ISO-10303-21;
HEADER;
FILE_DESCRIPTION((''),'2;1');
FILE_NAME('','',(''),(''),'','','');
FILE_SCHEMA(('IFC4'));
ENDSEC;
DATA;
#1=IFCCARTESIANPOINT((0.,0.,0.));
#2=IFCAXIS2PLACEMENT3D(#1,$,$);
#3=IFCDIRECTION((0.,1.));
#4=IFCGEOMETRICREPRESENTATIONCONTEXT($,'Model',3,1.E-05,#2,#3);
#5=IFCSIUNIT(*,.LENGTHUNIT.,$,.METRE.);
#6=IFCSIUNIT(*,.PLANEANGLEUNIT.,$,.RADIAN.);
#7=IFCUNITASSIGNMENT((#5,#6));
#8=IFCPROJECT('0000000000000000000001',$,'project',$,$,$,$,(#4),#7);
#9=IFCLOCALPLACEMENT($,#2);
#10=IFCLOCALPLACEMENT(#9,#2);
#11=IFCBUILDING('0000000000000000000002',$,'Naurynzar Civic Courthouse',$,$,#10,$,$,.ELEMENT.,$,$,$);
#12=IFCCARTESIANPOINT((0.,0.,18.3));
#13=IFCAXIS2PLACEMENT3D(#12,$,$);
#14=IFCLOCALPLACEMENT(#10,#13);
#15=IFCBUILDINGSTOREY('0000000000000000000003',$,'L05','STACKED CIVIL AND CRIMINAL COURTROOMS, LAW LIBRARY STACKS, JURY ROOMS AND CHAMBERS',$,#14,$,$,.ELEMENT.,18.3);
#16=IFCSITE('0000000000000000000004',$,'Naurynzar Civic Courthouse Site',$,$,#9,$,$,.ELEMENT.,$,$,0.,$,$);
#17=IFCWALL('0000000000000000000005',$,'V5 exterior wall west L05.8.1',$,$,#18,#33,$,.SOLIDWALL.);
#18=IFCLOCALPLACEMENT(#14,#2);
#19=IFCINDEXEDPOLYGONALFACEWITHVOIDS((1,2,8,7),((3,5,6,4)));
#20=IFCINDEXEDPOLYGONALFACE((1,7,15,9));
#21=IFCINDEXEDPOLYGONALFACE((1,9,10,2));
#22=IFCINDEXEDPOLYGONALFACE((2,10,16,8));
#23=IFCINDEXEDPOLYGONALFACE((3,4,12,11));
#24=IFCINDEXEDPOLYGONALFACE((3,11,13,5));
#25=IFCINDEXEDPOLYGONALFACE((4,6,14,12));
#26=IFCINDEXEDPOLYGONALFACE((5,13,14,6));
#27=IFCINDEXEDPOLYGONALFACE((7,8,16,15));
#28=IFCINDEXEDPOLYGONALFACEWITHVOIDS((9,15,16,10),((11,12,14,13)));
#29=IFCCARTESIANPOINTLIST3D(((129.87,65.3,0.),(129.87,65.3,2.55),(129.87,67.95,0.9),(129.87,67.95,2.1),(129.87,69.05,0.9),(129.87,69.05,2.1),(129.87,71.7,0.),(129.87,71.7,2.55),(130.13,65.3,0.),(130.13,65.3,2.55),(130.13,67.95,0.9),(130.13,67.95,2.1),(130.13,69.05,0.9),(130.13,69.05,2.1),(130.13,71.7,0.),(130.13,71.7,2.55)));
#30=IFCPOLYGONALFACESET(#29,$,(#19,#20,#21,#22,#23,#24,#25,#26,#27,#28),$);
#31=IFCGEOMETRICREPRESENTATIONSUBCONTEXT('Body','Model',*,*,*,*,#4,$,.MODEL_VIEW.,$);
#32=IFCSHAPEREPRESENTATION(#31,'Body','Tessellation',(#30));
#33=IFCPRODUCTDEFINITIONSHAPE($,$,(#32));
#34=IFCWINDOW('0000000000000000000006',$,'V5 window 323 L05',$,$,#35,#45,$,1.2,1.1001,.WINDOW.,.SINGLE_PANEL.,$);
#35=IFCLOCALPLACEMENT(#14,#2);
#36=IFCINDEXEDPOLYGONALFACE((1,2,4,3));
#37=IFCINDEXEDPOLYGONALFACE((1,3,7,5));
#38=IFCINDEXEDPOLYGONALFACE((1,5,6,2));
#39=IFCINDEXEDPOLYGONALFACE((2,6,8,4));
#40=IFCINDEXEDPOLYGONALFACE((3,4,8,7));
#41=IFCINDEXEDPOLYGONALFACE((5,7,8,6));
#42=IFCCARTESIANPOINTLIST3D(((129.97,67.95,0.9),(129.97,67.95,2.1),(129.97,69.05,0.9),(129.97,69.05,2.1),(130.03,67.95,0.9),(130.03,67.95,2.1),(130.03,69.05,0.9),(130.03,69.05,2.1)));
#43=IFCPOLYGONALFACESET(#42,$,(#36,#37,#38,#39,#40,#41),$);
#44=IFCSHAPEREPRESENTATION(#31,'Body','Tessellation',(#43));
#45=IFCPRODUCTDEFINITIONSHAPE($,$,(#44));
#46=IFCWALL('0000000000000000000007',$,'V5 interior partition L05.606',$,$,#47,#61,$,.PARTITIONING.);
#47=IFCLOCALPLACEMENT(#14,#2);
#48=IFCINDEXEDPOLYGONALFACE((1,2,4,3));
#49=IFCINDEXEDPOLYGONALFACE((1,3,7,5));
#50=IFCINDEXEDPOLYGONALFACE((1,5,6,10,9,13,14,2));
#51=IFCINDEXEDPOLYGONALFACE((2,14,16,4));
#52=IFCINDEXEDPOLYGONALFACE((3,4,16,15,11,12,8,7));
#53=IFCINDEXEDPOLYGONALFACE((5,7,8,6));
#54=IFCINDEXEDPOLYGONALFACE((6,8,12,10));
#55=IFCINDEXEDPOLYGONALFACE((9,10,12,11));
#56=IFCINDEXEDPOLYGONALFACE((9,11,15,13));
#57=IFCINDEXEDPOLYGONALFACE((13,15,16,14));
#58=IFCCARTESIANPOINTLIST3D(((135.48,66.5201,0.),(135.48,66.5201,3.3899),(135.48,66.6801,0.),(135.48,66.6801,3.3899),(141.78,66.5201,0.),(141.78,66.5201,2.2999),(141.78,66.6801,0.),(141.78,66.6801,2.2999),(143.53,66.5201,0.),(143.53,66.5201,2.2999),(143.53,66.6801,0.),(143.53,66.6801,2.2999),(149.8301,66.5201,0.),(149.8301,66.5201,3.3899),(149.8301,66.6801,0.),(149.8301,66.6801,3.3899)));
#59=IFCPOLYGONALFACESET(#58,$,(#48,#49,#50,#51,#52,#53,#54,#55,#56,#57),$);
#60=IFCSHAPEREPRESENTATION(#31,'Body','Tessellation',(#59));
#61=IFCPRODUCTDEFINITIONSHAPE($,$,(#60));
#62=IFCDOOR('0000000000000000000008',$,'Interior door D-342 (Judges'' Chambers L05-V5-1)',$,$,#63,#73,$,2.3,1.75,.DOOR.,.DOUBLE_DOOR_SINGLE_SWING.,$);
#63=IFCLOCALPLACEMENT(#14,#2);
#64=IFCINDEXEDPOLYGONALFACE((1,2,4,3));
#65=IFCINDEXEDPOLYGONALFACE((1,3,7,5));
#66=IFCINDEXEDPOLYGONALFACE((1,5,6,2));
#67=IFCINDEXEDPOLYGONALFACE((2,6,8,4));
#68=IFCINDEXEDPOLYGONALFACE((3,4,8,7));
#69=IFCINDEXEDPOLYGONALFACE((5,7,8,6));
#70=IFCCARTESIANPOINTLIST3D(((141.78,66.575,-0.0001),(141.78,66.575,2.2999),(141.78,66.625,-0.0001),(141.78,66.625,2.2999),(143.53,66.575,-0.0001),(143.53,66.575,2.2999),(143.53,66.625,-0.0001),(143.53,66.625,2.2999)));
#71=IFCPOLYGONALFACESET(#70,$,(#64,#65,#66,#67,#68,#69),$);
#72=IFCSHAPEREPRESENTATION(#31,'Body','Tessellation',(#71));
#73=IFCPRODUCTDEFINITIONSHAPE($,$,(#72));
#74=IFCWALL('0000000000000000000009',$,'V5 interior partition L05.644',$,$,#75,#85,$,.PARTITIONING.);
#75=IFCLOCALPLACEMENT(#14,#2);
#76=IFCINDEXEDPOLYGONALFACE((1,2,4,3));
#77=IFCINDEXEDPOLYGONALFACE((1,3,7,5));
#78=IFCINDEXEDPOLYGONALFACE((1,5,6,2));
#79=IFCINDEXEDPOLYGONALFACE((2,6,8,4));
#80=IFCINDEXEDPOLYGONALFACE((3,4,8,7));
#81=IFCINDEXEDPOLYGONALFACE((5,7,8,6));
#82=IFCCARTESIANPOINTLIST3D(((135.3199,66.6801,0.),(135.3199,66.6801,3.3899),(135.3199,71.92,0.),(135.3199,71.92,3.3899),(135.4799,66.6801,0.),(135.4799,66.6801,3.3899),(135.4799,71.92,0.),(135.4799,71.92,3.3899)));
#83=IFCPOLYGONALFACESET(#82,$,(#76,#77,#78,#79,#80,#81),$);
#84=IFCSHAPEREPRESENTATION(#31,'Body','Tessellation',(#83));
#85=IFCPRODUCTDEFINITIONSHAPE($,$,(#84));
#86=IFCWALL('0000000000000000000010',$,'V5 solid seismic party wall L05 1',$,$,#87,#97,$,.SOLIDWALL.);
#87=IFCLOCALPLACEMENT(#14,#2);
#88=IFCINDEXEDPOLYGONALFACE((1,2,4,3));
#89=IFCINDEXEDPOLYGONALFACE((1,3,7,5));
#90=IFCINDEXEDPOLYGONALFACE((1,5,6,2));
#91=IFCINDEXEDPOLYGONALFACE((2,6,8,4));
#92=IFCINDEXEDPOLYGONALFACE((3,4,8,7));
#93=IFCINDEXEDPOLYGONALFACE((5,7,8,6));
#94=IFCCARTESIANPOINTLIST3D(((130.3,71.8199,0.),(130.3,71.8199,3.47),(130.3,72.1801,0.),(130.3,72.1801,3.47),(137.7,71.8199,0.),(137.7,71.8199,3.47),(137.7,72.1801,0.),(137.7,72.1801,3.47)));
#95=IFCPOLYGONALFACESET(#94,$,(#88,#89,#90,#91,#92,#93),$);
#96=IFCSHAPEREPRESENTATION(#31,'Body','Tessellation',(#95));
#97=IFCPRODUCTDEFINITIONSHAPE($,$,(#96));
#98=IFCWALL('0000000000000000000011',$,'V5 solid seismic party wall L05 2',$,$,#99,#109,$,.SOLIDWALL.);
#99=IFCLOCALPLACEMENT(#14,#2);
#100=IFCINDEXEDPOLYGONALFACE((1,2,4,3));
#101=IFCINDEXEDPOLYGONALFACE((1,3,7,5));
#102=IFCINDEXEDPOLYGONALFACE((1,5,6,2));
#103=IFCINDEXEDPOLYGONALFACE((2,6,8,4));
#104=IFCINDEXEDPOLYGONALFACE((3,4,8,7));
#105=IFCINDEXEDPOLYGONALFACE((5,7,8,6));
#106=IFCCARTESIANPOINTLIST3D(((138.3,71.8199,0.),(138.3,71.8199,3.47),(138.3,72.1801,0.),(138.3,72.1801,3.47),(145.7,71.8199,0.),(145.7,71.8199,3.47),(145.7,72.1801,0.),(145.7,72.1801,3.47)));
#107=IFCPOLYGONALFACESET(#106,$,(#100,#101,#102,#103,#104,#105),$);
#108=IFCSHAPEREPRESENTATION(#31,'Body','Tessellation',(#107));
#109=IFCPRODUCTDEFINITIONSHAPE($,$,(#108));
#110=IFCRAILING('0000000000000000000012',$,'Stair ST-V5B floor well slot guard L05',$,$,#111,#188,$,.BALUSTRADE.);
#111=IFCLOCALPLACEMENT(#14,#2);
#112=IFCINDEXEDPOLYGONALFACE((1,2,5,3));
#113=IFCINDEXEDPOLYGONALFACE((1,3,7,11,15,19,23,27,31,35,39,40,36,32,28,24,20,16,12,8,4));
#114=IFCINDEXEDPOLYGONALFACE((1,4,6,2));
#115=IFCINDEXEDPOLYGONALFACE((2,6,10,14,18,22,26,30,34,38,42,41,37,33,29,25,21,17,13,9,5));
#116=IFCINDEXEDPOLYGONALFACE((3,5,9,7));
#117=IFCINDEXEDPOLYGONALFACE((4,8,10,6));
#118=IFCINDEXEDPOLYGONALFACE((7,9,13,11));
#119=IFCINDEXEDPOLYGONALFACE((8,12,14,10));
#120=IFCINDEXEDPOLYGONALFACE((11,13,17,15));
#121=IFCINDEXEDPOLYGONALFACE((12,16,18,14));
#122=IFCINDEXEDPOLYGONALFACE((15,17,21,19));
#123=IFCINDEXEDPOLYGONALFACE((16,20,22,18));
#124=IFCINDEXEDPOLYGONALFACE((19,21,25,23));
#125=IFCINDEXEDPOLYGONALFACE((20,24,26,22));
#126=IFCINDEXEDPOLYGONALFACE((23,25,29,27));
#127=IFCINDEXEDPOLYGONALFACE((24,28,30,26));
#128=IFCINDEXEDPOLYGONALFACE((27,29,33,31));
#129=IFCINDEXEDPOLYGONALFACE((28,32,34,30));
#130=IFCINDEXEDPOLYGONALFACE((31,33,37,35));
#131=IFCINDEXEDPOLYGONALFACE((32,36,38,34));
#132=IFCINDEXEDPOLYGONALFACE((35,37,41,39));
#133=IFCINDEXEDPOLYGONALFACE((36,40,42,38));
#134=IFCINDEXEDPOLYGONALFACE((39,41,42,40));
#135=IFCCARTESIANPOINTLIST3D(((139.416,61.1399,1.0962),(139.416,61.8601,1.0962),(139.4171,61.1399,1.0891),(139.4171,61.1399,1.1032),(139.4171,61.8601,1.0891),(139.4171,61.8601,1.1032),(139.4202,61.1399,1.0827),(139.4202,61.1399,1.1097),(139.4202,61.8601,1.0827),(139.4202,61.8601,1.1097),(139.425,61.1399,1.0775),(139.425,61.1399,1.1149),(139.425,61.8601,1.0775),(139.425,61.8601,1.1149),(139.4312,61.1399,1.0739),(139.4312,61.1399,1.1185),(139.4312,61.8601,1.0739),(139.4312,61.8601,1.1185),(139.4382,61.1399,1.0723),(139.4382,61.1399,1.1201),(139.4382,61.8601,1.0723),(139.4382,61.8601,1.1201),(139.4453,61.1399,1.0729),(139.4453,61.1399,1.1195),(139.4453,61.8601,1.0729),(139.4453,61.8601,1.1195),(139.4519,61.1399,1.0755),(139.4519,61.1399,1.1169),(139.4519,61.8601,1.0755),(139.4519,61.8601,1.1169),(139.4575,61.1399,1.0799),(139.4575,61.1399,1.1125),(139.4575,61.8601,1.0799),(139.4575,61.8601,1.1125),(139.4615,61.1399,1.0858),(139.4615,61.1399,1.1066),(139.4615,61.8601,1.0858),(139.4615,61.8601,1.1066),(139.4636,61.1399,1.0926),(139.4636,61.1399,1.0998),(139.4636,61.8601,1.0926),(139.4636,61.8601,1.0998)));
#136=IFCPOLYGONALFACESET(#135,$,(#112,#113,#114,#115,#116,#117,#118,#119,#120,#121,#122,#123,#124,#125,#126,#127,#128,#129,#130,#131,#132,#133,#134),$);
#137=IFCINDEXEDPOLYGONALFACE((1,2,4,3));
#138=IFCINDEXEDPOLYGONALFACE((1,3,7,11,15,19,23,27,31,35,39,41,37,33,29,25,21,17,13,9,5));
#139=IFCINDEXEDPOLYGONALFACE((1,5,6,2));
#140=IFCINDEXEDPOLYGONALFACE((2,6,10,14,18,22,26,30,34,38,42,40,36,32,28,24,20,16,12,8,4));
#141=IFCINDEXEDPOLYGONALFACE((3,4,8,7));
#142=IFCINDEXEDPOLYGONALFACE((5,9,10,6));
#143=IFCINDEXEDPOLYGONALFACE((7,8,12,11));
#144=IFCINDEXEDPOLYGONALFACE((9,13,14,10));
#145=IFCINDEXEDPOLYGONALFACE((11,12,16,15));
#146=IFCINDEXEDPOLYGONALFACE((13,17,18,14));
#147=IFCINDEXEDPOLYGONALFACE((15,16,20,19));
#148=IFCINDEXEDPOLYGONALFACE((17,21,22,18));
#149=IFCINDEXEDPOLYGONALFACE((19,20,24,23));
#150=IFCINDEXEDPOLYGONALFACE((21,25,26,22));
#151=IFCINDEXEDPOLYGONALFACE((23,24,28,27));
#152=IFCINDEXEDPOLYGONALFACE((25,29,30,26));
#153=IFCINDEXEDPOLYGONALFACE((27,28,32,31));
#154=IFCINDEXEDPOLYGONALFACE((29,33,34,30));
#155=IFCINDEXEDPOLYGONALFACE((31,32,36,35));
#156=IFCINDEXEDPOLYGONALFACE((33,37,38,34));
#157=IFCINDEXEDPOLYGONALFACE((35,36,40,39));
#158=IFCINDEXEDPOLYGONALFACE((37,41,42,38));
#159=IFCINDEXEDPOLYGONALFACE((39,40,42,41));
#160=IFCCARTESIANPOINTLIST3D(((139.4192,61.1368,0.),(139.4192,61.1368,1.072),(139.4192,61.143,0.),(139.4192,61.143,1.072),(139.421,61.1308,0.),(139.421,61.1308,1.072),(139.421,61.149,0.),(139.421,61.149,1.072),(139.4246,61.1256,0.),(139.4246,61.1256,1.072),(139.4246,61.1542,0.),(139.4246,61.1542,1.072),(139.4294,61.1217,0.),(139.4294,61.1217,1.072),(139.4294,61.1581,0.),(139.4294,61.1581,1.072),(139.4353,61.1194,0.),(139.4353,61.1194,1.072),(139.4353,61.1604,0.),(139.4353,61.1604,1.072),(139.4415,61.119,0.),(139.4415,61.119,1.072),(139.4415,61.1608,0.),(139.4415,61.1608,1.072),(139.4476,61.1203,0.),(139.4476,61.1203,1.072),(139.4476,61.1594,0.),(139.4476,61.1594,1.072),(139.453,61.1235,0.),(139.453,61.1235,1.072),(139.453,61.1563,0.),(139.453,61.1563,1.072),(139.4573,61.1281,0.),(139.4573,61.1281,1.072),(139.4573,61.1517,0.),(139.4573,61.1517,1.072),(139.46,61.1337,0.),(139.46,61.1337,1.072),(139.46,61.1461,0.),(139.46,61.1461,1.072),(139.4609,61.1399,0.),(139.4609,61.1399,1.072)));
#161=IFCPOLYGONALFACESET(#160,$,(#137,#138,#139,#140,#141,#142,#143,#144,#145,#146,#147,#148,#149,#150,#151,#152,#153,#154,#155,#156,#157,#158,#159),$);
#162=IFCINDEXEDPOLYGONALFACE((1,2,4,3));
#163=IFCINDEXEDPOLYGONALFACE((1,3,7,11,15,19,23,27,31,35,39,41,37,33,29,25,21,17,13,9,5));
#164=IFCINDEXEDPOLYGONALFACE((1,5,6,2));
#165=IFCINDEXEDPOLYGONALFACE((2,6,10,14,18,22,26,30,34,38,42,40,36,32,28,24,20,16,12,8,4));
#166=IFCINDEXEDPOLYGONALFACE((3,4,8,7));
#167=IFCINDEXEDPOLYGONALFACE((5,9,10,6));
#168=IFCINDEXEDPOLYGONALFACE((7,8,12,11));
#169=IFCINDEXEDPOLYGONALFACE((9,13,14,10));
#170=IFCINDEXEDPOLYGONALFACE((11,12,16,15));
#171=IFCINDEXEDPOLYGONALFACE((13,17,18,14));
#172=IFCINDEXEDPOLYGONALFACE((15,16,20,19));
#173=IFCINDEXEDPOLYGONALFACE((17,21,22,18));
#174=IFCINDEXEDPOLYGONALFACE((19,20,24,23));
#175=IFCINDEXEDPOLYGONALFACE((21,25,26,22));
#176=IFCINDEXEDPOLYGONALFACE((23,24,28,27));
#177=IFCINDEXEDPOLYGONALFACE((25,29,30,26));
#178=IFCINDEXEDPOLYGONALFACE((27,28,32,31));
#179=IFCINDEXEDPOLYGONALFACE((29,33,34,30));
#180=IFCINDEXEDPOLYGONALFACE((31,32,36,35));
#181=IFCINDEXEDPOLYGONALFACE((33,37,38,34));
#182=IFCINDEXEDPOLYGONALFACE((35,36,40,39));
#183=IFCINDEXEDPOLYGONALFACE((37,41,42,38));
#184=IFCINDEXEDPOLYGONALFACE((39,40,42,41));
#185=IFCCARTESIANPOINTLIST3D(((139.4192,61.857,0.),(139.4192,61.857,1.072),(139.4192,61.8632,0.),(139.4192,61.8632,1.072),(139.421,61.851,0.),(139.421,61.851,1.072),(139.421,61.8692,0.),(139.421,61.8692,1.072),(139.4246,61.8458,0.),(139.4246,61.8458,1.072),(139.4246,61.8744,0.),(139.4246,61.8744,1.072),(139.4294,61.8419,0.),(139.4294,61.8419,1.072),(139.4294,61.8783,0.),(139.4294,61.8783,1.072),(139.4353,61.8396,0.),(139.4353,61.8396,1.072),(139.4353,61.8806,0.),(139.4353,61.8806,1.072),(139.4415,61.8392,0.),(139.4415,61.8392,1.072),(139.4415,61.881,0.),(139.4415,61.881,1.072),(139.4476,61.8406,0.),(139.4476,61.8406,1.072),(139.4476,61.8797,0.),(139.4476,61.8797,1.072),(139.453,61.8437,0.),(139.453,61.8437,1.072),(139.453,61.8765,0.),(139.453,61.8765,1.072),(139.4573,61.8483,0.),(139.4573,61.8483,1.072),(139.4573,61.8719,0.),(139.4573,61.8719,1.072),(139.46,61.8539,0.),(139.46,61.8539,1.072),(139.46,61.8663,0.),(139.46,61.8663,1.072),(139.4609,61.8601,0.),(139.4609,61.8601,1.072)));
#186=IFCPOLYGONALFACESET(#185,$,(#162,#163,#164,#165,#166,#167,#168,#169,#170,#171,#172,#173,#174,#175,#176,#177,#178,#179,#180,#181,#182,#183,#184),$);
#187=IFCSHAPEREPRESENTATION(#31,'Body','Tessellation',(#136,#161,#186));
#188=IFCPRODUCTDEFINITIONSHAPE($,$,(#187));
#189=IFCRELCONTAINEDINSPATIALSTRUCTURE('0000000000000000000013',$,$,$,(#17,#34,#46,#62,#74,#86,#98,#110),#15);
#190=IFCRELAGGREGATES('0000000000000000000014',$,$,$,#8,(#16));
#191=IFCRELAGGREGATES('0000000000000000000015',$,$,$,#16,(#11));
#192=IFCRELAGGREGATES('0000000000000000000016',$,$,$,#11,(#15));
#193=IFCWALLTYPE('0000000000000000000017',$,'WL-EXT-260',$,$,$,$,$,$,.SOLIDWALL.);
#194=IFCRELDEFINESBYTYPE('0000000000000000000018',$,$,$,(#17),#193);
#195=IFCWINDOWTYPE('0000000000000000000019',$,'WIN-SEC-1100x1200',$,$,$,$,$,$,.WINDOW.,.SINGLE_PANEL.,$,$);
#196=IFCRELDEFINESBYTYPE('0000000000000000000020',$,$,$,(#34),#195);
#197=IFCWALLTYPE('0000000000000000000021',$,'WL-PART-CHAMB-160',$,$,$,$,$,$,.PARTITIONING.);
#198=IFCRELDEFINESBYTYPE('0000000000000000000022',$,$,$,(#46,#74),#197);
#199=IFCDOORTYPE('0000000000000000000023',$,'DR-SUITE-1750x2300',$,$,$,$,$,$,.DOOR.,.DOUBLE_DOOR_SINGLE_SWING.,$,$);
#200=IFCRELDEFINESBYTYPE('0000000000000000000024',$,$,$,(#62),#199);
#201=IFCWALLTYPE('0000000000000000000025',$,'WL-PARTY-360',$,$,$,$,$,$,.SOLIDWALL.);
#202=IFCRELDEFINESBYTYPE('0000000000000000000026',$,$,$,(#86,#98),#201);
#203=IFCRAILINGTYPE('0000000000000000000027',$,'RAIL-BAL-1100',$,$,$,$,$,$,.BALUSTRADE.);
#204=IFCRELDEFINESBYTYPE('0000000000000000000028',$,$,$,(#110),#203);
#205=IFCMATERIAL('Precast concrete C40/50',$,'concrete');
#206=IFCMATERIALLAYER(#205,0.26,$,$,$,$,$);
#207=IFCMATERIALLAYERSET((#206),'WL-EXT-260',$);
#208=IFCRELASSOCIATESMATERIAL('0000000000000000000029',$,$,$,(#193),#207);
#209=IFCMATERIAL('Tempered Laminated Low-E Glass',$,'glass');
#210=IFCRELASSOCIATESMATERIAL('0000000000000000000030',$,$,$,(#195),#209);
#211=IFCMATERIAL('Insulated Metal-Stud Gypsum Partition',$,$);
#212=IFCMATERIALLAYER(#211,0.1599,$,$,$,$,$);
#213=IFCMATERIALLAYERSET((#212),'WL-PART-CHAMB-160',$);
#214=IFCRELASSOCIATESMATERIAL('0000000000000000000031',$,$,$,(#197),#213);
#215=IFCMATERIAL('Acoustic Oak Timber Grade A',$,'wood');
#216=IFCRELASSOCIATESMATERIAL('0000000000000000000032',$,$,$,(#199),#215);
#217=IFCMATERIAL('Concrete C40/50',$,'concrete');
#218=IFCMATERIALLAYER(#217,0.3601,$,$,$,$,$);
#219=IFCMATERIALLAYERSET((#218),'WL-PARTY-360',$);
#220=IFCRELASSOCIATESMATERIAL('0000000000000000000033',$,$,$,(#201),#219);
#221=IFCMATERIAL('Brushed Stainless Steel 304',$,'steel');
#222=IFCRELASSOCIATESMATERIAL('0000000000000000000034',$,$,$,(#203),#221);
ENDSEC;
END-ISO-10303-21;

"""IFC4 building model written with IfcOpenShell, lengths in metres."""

from ifc_helpers import new_model, si_unit, direction, frame, frame_2d, origin, origin_2d, place, context, subcontext, project, spatial, rectangle, circle, extrude, material, layer, layer_set, type_object, element, fill, save


model = new_model("IFC4")

# Units and contexts
model_context = context("Model", 3, precision=1e-05, world=origin(), true_north=direction((0.0, 1.0)))
body_context = subcontext(model_context, "Body", "Model", "MODEL_VIEW")
ifc_project = project(units=[si_unit("LENGTHUNIT", "METRE"), si_unit("PLANEANGLEUNIT", "RADIAN")], contexts=[model_context])

# Site, building, storey
site_placement = place(None, origin())
site = spatial("IfcSite", under=ifc_project, at=site_placement, Name="Naurynzar Civic Courthouse Site", CompositionType="ELEMENT", RefElevation=0.0)
building_placement = place(site_placement, origin())
building = spatial("IfcBuilding", under=site, at=building_placement, Name="Naurynzar Civic Courthouse", CompositionType="ELEMENT")
storey_placement = place(building_placement, frame((0.0, 0.0, 18.3)))
storey = spatial("IfcBuildingStorey", under=building, at=storey_placement, Name="L05", Description="STACKED CIVIL AND CRIMINAL COURTROOMS, LAW LIBRARY STACKS, JURY ROOMS AND CHAMBERS", CompositionType="ELEMENT", Elevation=18.3)

# Wall, opening, window
ifc_material_1 = material(Name="Precast concrete C40/50", Category="concrete")
ifc_layer_1 = layer(ifc_material_1, 0.26)
ifc_layer_set_1 = layer_set([ifc_layer_1], Name="WL-EXT-260")
wall_type_1 = type_object("IfcWallType", Name="WL-EXT-260", PredefinedType="SOLIDWALL", material=ifc_layer_set_1)
wall_1_placement = place(storey_placement, frame((130.0, 65.3, 0.0), z_axis=(0.0, 0.0, 1.0), x_axis=(0.0, 1.0, 0.0)))
wall_1 = element("IfcWall", 1, at=wall_1_placement, inside=storey, type_object=wall_type_1, Name="V5 exterior wall west L05.8.1", PredefinedType="SOLIDWALL", context=body_context, shape_type="SweptSolid", body=[
    extrude(rectangle(XDim=6.3999, YDim=0.26, at=frame_2d((3.2, 0.0))), origin(), (0.0, 0.0, 1.0), 2.55),
])
opening_1_placement = place(wall_1_placement, frame((2.6499, 0.0, 0.8999)))
opening_1 = element("IfcOpeningElement", 2, at=opening_1_placement, cuts=wall_1, PredefinedType="OPENING", context=body_context, shape_type="SweptSolid", body=[
    extrude(rectangle(XDim=1.1001, YDim=1.2, at=frame_2d((0.55, 0.6001))), frame((0.0, 0.1399, 0.0), z_axis=(0.0, -1.0, 0.0), x_axis=(1.0, 0.0, 0.0)), (0.0, 0.0, 1.0), 0.28),
])
ifc_material_2 = material(Name="Tempered Laminated Low-E Glass", Category="glass")
window_type = type_object("IfcWindowType", Name="WIN-SEC-1100x1200", PartitioningType="SINGLE_PANEL", PredefinedType="WINDOW", material=ifc_material_2)
window_placement = place(opening_1_placement, origin())
window = element("IfcWindow", 3, at=window_placement, inside=storey, type_object=window_type, Name="V5 window 323 L05", OverallHeight=1.2, OverallWidth=1.1001, PartitioningType="SINGLE_PANEL", PredefinedType="WINDOW", context=body_context, shape_type="SweptSolid", body=[
    extrude(rectangle(XDim=1.1001, YDim=1.2, at=frame_2d((0.55, 0.6001))), frame((0.0, 0.03, 0.0), z_axis=(0.0, -1.0, 0.0), x_axis=(1.0, 0.0, 0.0)), (0.0, 0.0, 1.0), 0.0601),
])
fill(opening_1, window)

# Wall, opening, door
ifc_material_3 = material(Name="Insulated Metal-Stud Gypsum Partition")
ifc_layer_2 = layer(ifc_material_3, 0.1599)
ifc_layer_set_2 = layer_set([ifc_layer_2], Name="WL-PART-CHAMB-160")
wall_type_2 = type_object("IfcWallType", Name="WL-PART-CHAMB-160", PredefinedType="PARTITIONING", material=ifc_layer_set_2)
wall_2_placement = place(storey_placement, frame((135.48, 66.6001, 0.0), z_axis=(0.0, 0.0, 1.0), x_axis=(1.0, 0.0, 0.0)))
wall_2 = element("IfcWall", 4, at=wall_2_placement, inside=storey, type_object=wall_type_2, Name="V5 interior partition L05.606", PredefinedType="PARTITIONING", context=body_context, shape_type="SweptSolid", body=[
    extrude(rectangle(XDim=14.3501, YDim=0.1599, at=frame_2d((7.175, 0.0))), origin(), (0.0, 0.0, 1.0), 3.3899),
])
opening_2_placement = place(wall_2_placement, frame((6.3, 0.0, 0.0)))
opening_2 = element("IfcOpeningElement", 5, at=opening_2_placement, cuts=wall_2, PredefinedType="OPENING", context=body_context, shape_type="SweptSolid", body=[
    extrude(rectangle(XDim=1.75, YDim=2.3, at=frame_2d((0.875, 1.1499))), frame((0.0, 0.0898, 0.0), z_axis=(0.0, -1.0, 0.0), x_axis=(1.0, 0.0, 0.0)), (0.0, 0.0, 1.0), 0.1799),
])
ifc_material_4 = material(Name="Acoustic Oak Timber Grade A", Category="wood")
door_type = type_object("IfcDoorType", Name="DR-SUITE-1750x2300", OperationType="DOUBLE_DOOR_SINGLE_SWING", PredefinedType="DOOR", material=ifc_material_4)
door_placement = place(opening_2_placement, origin())
door = element("IfcDoor", 6, at=door_placement, inside=storey, type_object=door_type, Name="Interior door D-342 (Judges' Chambers L05-V5-1)", OperationType="DOUBLE_DOOR_SINGLE_SWING", OverallHeight=2.3, OverallWidth=1.75, PredefinedType="DOOR", context=body_context, shape_type="SweptSolid", body=[
    extrude(rectangle(XDim=1.75, YDim=2.3, at=frame_2d((0.875, 1.1499))), frame((0.0, 0.0249, 0.0), z_axis=(0.0, -1.0, 0.0), x_axis=(1.0, 0.0, 0.0)), (0.0, 0.0, 1.0), 0.05),
])
fill(opening_2, door)

# Walls
wall_3_placement = place(storey_placement, frame((135.3999, 66.6799, 0.0), z_axis=(0.0, 0.0, 1.0), x_axis=(0.0, 1.0, 0.0)))
element("IfcWall", 7, at=wall_3_placement, inside=storey, type_object=wall_type_2, Name="V5 interior partition L05.644", PredefinedType="PARTITIONING", context=body_context, shape_type="SweptSolid", body=[
    extrude(rectangle(XDim=5.24, YDim=0.1599, at=frame_2d((2.6201, 0.0))), origin(), (0.0, 0.0, 1.0), 3.3899),
])
ifc_material_5 = material(Name="Concrete C40/50", Category="concrete")
ifc_layer_3 = layer(ifc_material_5, 0.3601)
ifc_layer_set_3 = layer_set([ifc_layer_3], Name="WL-PARTY-360")
wall_type_3 = type_object("IfcWallType", Name="WL-PARTY-360", PredefinedType="SOLIDWALL", material=ifc_layer_set_3)
for number, where, z_axis, x_axis, name in (
    (8, (130.3, 72.0, 0.0), (0.0, 0.0, 1.0), (1.0, 0.0, 0.0), "V5 solid seismic party wall L05 1"),
    (9, (138.3, 72.0, 0.0), (0.0, 0.0, 1.0), (1.0, 0.0, 0.0), "V5 solid seismic party wall L05 2"),
):
    element("IfcWall", number, at=place(storey_placement, frame(where, z_axis=z_axis, x_axis=x_axis)), inside=storey, type_object=wall_type_3, Name=name, PredefinedType="SOLIDWALL", context=body_context, shape_type="SweptSolid", body=[
        extrude(rectangle(XDim=7.3999, YDim=0.3601, at=frame_2d((3.7, 0.0))), origin(), (0.0, 0.0, 1.0), 3.47),
    ])

# Railing
ifc_material_6 = material(Name="Brushed Stainless Steel 304", Category="steel")
railing_type_1 = type_object("IfcRailingType", Name="RAIL-BAL-1100", PredefinedType="BALUSTRADE", material=ifc_material_6)
railing_1_placement = place(storey_placement, frame((139.4399, 61.1399, 0.0)))
element("IfcRailing", 10, at=railing_1_placement, inside=storey, type_object=railing_type_1, Name="Stair ST-V5B floor well slot guard L05", PredefinedType="BALUSTRADE", context=body_context, shape_type="SweptSolid", body=[
    extrude(circle(Radius=0.0239, at=origin_2d()), frame((0.0, 0.0, 1.0962), z_axis=(0.0, 1.0, 0.0), x_axis=(-1.0, 0.0, 0.0)), (0.0, 0.0, 1.0), 0.7202),
    extrude(circle(Radius=0.021, at=origin_2d()), origin(), (0.0, 0.0, 1.0), 1.072),
    extrude(circle(Radius=0.021, at=origin_2d()), frame((0.0, 0.7202, 0.0)), (0.0, 0.0, 1.0), 1.072),
])

save(model, "model.ifc")
